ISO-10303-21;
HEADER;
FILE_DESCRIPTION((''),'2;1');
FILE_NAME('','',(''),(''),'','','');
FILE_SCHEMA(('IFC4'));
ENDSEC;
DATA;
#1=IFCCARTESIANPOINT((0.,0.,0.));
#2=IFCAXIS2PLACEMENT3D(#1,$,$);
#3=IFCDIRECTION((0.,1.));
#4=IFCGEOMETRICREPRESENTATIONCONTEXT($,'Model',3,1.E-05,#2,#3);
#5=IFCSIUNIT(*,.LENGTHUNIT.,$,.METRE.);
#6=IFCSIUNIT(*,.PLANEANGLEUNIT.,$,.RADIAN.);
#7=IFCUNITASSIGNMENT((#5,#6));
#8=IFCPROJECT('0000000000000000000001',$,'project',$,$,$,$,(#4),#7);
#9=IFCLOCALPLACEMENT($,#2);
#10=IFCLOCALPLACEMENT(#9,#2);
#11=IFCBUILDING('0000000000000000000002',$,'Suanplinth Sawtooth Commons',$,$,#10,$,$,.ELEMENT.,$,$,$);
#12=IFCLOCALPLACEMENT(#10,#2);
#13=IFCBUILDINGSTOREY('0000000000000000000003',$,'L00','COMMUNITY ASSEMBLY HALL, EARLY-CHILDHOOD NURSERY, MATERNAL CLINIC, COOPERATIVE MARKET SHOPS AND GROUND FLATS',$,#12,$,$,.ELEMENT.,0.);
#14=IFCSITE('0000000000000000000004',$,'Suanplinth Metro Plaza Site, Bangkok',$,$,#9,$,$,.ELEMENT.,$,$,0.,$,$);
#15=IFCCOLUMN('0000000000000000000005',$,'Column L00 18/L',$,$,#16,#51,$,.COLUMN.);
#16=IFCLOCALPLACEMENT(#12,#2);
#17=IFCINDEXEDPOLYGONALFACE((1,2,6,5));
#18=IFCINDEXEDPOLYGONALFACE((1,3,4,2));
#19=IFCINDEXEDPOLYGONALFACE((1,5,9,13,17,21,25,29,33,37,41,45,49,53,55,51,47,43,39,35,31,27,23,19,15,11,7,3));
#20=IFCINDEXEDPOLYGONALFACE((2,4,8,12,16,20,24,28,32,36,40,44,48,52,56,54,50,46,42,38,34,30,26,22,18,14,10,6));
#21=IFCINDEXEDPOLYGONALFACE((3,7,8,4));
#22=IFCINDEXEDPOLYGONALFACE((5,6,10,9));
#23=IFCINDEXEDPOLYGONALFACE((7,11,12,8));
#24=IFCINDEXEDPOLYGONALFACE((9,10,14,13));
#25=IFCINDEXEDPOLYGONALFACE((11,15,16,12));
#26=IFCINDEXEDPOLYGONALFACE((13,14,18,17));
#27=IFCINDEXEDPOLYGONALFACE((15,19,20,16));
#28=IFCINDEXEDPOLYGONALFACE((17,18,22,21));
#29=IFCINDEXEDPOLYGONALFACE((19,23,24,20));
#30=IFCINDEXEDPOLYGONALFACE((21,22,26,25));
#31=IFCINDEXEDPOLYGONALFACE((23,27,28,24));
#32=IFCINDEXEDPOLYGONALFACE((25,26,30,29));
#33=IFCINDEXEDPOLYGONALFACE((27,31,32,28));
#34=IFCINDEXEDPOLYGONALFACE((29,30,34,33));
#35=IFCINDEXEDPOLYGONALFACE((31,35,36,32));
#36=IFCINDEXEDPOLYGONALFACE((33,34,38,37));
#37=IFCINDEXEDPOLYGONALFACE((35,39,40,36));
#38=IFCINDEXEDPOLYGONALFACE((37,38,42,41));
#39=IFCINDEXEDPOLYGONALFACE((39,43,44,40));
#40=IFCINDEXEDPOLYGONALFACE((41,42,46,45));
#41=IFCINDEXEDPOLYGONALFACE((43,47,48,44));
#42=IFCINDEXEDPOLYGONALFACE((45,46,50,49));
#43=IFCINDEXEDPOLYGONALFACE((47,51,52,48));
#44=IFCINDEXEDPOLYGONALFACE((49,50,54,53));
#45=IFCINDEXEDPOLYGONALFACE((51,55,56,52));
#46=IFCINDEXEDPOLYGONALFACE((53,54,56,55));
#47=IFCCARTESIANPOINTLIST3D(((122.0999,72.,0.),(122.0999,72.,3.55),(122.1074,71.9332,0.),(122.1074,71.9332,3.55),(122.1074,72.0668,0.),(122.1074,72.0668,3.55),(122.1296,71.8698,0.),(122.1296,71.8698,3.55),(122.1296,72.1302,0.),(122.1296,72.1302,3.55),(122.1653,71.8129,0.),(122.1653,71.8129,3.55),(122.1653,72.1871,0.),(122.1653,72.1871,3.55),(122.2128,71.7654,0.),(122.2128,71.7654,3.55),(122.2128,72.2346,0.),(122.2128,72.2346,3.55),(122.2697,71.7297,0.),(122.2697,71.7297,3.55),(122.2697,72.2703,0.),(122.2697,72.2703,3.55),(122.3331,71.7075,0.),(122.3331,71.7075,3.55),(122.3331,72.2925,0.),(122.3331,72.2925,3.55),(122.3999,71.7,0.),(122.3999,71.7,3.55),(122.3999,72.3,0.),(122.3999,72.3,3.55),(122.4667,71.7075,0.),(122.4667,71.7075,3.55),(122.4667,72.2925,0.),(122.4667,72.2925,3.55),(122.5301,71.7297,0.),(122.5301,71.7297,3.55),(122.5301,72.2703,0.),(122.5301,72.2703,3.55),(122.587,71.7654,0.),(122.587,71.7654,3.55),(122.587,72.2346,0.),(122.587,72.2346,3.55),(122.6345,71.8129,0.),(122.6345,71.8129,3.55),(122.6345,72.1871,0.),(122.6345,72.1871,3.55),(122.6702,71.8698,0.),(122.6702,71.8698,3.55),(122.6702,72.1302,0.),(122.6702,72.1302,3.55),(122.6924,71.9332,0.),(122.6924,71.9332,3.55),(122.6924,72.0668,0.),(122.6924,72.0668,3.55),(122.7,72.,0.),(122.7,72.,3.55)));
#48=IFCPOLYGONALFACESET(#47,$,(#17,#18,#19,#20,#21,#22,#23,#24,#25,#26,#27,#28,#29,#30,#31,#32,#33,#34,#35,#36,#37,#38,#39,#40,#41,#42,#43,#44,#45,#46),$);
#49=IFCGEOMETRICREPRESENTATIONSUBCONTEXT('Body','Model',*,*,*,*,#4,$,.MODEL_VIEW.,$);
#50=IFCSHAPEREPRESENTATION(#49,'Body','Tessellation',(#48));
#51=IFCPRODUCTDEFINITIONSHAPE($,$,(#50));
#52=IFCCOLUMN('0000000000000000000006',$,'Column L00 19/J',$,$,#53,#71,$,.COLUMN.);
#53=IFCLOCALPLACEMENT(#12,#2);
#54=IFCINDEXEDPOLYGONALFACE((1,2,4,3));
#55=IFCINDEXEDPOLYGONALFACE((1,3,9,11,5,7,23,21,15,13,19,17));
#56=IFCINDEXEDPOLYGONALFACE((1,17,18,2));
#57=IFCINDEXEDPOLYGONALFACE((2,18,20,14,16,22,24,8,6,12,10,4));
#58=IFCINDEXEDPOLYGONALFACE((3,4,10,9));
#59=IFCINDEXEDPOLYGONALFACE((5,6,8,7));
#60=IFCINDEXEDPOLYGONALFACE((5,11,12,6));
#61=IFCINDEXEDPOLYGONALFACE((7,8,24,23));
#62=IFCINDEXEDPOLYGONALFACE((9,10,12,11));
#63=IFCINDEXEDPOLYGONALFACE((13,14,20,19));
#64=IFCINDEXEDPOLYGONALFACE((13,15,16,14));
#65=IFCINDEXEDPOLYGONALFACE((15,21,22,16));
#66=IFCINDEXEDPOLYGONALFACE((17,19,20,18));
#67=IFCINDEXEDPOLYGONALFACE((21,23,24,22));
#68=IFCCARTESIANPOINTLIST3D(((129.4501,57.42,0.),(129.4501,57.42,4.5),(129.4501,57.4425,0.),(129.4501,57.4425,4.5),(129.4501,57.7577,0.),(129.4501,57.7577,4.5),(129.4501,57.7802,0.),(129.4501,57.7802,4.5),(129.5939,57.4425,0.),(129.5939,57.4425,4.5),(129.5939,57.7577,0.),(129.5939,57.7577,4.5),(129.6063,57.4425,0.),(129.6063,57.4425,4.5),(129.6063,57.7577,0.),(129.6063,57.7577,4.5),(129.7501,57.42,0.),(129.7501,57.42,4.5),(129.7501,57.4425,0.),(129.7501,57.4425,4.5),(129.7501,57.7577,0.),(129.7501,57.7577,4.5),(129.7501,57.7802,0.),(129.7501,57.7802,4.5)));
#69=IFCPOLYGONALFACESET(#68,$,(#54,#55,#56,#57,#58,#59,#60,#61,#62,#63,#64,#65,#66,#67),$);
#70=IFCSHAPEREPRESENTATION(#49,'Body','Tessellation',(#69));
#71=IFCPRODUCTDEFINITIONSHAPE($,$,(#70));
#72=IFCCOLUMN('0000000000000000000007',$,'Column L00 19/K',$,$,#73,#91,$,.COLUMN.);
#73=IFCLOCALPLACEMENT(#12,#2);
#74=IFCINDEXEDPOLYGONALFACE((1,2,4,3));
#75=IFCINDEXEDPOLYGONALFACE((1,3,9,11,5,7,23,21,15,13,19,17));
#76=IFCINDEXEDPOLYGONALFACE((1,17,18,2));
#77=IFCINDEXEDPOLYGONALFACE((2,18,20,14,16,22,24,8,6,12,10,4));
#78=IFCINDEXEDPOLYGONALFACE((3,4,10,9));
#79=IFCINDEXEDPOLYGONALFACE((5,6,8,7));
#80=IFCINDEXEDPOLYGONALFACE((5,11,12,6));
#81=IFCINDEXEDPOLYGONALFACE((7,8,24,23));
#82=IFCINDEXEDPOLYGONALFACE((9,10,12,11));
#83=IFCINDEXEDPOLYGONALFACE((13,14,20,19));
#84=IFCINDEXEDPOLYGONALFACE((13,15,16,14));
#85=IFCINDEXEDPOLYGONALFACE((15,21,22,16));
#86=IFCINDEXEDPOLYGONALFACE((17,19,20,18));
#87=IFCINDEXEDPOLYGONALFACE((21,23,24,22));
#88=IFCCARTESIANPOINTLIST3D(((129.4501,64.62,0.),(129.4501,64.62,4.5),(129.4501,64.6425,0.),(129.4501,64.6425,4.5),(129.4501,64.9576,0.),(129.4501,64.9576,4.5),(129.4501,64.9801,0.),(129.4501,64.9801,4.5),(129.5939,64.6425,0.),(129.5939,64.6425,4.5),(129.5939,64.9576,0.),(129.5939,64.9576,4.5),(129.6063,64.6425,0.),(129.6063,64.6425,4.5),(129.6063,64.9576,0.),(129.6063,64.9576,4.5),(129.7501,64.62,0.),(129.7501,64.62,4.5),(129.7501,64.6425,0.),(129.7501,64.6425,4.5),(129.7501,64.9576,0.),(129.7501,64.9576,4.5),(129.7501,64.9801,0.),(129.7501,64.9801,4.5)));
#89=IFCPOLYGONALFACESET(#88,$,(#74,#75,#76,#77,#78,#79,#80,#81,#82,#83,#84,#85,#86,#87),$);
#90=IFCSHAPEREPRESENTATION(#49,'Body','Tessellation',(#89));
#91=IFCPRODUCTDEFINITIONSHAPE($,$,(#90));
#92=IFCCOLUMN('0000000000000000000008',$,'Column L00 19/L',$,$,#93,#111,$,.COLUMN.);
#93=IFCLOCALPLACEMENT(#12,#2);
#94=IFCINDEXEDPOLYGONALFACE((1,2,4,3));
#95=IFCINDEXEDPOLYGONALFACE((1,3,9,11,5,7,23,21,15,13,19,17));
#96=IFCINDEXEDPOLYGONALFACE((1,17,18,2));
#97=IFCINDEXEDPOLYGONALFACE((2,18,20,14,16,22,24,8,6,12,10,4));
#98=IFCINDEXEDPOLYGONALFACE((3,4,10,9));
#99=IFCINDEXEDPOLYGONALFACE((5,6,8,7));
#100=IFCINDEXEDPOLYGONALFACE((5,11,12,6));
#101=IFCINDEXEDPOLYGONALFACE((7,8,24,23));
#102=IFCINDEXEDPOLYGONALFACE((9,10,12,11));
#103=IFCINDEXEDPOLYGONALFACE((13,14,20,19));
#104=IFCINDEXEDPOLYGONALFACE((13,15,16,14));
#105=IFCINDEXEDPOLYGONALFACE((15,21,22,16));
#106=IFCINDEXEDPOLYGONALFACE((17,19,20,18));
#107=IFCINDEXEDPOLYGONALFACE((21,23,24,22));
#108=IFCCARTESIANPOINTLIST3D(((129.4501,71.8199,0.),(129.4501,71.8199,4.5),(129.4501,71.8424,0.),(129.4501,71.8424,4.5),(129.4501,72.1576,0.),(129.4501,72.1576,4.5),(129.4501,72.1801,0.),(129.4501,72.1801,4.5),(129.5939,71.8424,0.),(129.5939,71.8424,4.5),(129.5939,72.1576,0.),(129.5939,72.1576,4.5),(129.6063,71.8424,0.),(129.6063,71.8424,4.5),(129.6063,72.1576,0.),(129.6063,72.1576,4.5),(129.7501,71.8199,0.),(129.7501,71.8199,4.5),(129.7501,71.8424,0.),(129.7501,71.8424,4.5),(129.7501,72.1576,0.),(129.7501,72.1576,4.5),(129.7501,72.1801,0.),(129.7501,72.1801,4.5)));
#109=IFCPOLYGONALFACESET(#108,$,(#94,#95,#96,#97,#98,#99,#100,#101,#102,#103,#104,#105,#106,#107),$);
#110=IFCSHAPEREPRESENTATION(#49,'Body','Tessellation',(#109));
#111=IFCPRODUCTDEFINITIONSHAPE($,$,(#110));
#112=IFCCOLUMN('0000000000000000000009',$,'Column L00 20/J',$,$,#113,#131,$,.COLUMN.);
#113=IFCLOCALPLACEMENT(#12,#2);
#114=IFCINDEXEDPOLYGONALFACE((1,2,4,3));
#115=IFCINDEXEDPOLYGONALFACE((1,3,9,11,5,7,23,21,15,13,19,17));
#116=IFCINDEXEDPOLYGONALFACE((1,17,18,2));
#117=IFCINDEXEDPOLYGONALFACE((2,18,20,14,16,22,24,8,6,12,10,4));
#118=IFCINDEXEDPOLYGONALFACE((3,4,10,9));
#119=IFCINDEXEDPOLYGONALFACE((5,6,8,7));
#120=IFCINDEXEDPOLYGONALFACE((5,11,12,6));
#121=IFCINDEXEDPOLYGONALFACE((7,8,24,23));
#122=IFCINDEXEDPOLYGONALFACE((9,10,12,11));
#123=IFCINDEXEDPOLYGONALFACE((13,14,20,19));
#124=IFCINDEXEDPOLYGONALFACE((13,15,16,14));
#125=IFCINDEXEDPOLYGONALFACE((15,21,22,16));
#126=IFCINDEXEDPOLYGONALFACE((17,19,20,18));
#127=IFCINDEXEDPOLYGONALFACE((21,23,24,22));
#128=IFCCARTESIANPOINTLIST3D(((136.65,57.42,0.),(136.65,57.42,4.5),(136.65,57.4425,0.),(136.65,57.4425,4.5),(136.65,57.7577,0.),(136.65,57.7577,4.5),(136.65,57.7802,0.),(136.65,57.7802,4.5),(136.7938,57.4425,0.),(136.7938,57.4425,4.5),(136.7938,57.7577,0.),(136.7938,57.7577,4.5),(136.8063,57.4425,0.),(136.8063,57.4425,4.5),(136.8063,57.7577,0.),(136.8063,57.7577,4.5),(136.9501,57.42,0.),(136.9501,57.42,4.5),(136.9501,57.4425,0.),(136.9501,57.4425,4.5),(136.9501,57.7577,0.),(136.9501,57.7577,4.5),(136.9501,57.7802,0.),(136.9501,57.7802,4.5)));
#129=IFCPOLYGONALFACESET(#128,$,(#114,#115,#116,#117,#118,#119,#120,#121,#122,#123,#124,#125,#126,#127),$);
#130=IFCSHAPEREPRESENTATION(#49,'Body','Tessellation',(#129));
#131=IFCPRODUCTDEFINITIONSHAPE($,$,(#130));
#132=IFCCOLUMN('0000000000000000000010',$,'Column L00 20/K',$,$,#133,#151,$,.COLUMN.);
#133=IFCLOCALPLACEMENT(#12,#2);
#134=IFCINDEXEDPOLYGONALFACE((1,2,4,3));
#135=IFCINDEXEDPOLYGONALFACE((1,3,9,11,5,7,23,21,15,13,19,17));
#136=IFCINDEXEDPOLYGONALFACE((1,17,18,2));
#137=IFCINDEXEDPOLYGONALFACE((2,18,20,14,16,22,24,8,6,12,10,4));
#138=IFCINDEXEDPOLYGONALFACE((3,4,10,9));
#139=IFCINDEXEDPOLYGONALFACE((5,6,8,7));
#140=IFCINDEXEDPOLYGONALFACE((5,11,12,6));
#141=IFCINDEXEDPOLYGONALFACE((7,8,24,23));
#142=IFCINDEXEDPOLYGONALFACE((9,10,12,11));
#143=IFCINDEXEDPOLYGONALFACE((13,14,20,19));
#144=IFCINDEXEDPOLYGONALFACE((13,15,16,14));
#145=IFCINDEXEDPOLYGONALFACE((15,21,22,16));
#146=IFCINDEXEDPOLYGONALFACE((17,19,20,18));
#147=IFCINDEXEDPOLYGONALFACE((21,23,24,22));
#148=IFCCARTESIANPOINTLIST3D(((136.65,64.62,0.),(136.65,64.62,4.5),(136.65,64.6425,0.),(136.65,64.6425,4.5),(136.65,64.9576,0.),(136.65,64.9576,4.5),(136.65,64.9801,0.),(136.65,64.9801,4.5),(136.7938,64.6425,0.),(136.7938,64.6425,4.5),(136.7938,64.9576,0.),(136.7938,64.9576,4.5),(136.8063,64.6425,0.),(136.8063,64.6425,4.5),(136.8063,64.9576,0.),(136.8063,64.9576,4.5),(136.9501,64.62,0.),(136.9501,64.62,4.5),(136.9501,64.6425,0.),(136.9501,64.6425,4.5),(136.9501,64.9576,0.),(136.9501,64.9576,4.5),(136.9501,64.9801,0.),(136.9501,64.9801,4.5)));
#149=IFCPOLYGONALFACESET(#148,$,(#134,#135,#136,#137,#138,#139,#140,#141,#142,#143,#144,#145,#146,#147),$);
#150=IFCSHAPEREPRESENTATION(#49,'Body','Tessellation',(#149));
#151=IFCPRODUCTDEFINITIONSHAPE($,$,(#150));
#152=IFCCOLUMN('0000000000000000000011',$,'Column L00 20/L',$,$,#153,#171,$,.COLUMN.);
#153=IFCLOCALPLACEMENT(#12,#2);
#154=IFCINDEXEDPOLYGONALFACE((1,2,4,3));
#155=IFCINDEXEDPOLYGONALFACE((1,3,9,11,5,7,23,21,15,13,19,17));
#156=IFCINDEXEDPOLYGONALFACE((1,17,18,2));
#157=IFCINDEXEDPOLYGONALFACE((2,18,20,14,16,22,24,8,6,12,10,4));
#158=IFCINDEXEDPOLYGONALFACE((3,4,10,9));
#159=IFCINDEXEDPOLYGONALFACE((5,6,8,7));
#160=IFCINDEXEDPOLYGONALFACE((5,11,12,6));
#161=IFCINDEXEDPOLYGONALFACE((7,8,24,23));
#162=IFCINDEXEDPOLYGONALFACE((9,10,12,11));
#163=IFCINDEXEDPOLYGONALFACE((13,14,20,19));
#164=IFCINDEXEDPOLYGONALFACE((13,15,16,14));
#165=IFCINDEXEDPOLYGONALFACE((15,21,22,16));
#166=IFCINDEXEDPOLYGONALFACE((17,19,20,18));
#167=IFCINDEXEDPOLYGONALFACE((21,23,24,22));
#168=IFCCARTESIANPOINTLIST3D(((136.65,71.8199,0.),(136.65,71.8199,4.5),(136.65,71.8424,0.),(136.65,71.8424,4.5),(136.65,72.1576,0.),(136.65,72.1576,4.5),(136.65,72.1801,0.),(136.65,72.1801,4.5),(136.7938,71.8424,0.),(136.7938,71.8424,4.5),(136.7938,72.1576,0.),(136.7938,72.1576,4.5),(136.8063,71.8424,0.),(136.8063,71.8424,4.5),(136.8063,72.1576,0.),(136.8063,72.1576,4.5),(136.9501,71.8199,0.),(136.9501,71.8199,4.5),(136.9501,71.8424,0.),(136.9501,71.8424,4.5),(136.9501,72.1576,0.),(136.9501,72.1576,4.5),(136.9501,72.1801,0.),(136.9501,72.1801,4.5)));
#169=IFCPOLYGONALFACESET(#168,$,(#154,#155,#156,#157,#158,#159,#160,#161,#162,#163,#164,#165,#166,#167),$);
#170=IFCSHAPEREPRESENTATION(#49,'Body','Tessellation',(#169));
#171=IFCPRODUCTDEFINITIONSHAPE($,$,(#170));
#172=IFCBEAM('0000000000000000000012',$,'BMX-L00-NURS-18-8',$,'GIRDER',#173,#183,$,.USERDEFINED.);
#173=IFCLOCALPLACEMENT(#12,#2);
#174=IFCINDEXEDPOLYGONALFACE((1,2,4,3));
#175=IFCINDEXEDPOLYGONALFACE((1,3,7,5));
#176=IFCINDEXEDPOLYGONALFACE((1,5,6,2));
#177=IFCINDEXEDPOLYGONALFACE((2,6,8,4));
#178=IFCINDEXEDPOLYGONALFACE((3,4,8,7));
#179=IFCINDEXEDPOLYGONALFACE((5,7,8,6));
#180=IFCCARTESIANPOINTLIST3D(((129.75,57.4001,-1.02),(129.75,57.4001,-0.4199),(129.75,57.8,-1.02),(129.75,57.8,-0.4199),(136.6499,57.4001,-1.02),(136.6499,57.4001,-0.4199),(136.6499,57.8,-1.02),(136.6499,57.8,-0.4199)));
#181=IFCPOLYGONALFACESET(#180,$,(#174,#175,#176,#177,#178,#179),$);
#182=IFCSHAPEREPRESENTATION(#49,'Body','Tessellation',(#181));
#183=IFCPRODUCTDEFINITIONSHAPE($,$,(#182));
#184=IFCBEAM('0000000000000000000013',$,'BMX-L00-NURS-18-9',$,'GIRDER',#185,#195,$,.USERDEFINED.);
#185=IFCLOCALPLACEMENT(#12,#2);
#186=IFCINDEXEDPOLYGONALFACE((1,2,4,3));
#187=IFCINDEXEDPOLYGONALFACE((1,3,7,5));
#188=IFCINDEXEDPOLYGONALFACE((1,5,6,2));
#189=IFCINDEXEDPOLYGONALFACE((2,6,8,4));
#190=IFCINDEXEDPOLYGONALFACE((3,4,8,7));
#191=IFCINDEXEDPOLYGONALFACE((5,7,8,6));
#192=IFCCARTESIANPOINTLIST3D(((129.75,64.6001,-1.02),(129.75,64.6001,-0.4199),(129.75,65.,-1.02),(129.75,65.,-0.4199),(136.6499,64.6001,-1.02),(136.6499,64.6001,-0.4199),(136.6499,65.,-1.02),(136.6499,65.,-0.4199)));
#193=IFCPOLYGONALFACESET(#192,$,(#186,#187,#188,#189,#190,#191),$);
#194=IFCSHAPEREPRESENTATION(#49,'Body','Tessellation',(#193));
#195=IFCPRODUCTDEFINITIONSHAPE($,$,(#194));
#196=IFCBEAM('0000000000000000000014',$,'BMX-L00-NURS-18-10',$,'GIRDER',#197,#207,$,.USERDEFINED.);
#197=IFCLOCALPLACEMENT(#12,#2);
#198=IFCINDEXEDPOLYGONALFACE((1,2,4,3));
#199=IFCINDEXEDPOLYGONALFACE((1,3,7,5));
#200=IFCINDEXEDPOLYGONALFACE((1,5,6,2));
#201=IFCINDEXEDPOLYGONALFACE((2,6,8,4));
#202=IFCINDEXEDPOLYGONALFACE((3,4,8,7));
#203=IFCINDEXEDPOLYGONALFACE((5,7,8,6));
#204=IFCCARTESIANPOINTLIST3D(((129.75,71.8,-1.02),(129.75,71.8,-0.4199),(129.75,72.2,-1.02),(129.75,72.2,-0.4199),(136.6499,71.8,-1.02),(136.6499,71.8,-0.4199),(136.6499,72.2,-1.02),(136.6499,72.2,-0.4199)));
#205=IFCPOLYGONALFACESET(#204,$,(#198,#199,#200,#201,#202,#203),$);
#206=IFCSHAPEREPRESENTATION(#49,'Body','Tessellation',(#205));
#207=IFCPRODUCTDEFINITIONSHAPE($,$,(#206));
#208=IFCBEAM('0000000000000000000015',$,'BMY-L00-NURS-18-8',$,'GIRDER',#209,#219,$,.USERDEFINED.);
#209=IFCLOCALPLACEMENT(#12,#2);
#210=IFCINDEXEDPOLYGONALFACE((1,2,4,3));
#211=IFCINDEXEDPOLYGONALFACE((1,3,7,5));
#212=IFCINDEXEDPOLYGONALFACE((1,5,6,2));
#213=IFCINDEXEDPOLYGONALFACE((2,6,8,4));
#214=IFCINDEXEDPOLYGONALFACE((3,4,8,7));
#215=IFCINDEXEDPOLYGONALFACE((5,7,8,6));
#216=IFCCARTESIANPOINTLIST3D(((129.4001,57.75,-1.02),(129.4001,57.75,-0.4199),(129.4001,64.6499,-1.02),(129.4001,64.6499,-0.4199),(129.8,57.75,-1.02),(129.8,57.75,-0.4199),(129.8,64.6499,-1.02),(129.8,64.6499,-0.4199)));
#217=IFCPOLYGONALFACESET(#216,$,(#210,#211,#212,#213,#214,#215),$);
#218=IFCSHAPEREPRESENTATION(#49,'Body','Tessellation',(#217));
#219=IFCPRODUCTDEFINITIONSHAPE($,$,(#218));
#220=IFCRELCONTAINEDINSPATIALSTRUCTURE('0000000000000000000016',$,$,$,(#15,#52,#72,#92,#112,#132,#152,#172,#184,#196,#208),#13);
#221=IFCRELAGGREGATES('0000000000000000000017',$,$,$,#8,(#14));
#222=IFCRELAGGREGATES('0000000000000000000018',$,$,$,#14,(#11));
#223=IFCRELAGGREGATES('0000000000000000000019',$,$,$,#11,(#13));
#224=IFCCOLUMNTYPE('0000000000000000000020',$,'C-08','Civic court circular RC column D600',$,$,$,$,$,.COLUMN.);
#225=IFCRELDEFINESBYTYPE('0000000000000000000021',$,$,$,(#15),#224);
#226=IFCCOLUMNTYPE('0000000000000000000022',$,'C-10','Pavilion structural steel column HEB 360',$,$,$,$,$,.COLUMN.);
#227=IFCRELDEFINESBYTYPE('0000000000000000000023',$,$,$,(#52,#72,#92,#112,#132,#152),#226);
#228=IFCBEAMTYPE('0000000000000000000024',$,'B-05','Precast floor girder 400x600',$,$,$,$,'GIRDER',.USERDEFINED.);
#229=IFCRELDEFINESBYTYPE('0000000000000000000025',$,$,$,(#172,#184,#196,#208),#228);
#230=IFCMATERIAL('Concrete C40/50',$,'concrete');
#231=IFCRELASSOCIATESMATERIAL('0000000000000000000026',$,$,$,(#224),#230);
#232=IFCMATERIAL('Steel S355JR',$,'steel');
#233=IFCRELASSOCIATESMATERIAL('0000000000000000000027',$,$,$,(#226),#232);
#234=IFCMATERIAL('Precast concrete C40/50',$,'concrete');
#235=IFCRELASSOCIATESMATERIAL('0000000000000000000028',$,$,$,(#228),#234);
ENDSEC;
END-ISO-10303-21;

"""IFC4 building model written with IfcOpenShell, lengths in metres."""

from ifc_helpers import new_model, si_unit, direction, frame, origin, origin_2d, place, context, subcontext, project, spatial, rectangle, circle, i_section, extrude, material, material_profile, profile_set, type_object, element, save


model = new_model("IFC4")

# Units and contexts
model_context = context("Model", 3, precision=1e-05, world=origin(), true_north=direction((0.0, 1.0)))
body_context = subcontext(model_context, "Body", "Model", "MODEL_VIEW")
ifc_project = project(units=[si_unit("LENGTHUNIT", "METRE"), si_unit("PLANEANGLEUNIT", "RADIAN")], contexts=[model_context])

# Site, building, storey
site_placement = place(None, origin())
site = spatial("IfcSite", under=ifc_project, at=site_placement, Name="Suanplinth Metro Plaza Site, Bangkok", CompositionType="ELEMENT", RefElevation=0.0)
building_placement = place(site_placement, origin())
building = spatial("IfcBuilding", under=site, at=building_placement, Name="Suanplinth Sawtooth Commons", CompositionType="ELEMENT")
storey_placement = place(building_placement, origin())
storey = spatial("IfcBuildingStorey", under=building, at=storey_placement, Name="L00", Description="COMMUNITY ASSEMBLY HALL, EARLY-CHILDHOOD NURSERY, MATERNAL CLINIC, COOPERATIVE MARKET SHOPS AND GROUND FLATS", CompositionType="ELEMENT", Elevation=0.0)

# Columns
ifc_material_1 = material(Name="Concrete C40/50", Category="concrete")
ifc_material_profile_1 = material_profile(ifc_material_1, circle(Radius=0.3, at=origin_2d()), Name="RC-CIRC D600")
ifc_profile_set_1 = profile_set([ifc_material_profile_1], Name="Concrete C40/50")
column_type_1 = type_object("IfcColumnType", Name="C-08", Description="Civic court circular RC column D600", PredefinedType="COLUMN", material=ifc_profile_set_1)
column_placement = place(storey_placement, frame((122.3999, 72.0, 0.0), z_axis=(0.0, 0.0, 1.0), x_axis=(1.0, 0.0, 0.0)))
element("IfcColumn", 1, at=column_placement, inside=storey, type_object=column_type_1, Name="Column L00 18/L", PredefinedType="COLUMN", context=body_context, shape_type="SweptSolid", body=[
    extrude(circle(Radius=0.3, at=origin_2d()), origin(), (0.0, 0.0, 1.0), 3.55),
])
ifc_material_2 = material(Name="Steel S355JR", Category="steel")
ifc_material_profile_2 = material_profile(ifc_material_2, i_section(OverallWidth=0.3, OverallDepth=0.3601, WebThickness=0.0125, FlangeThickness=0.0225, at=origin_2d()), Name="HEB 360")
ifc_profile_set_2 = profile_set([ifc_material_profile_2], Name="Steel S355JR")
column_type_2 = type_object("IfcColumnType", Name="C-10", Description="Pavilion structural steel column HEB 360", PredefinedType="COLUMN", material=ifc_profile_set_2)
for number, where, z_axis, x_axis, name in (
    (2, (129.6001, 57.6001, 0.0), (0.0, 0.0, 1.0), (1.0, 0.0, 0.0), "Column L00 19/J"),
    (3, (129.6001, 64.8, 0.0), (0.0, 0.0, 1.0), (1.0, 0.0, 0.0), "Column L00 19/K"),
    (4, (129.6001, 72.0, 0.0), (0.0, 0.0, 1.0), (1.0, 0.0, 0.0), "Column L00 19/L"),
    (5, (136.8, 57.6001, 0.0), (0.0, 0.0, 1.0), (1.0, 0.0, 0.0), "Column L00 20/J"),
    (6, (136.8, 64.8, 0.0), (0.0, 0.0, 1.0), (1.0, 0.0, 0.0), "Column L00 20/K"),
    (7, (136.8, 72.0, 0.0), (0.0, 0.0, 1.0), (1.0, 0.0, 0.0), "Column L00 20/L"),
):
    element("IfcColumn", number, at=place(storey_placement, frame(where, z_axis=z_axis, x_axis=x_axis)), inside=storey, type_object=column_type_2, Name=name, PredefinedType="COLUMN", context=body_context, shape_type="SweptSolid", body=[
        extrude(i_section(OverallWidth=0.3, OverallDepth=0.3601, WebThickness=0.0125, FlangeThickness=0.0225, at=origin_2d()), origin(), (0.0, 0.0, 1.0), 4.5),
    ])

# Beams
ifc_material_3 = material(Name="Precast concrete C40/50", Category="concrete")
ifc_material_profile_3 = material_profile(ifc_material_3, rectangle(XDim=0.3999, YDim=0.6001, at=origin_2d()), Name="PC-GDR 400x600")
ifc_profile_set_3 = profile_set([ifc_material_profile_3], Name="Precast concrete C40/50")
beam_type = type_object("IfcBeamType", Name="B-05", Description="Precast floor girder 400x600", ElementType="GIRDER", PredefinedType="USERDEFINED", material=ifc_profile_set_3)
for number, where, z_axis, x_axis, name in (
    (8, (129.75, 57.6001, -0.72), (1.0, 0.0, 0.0), (0.0, 1.0, 0.0), "BMX-L00-NURS-18-8"),
    (9, (129.75, 64.8, -0.72), (1.0, 0.0, 0.0), (0.0, 1.0, 0.0), "BMX-L00-NURS-18-9"),
    (10, (129.75, 72.0, -0.72), (1.0, 0.0, 0.0), (0.0, 1.0, 0.0), "BMX-L00-NURS-18-10"),
    (11, (129.6001, 57.75, -0.72), (0.0, 1.0, 0.0), (-1.0, 0.0, 0.0), "BMY-L00-NURS-18-8"),
):
    element("IfcBeam", number, at=place(storey_placement, frame(where, z_axis=z_axis, x_axis=x_axis)), inside=storey, type_object=beam_type, Name=name, ObjectType="GIRDER", PredefinedType="USERDEFINED", context=body_context, shape_type="SweptSolid", body=[
        extrude(rectangle(XDim=0.3999, YDim=0.6001, at=origin_2d()), origin(), (0.0, 0.0, 1.0), 6.8999),
    ])

save(model, "model.ifc")
